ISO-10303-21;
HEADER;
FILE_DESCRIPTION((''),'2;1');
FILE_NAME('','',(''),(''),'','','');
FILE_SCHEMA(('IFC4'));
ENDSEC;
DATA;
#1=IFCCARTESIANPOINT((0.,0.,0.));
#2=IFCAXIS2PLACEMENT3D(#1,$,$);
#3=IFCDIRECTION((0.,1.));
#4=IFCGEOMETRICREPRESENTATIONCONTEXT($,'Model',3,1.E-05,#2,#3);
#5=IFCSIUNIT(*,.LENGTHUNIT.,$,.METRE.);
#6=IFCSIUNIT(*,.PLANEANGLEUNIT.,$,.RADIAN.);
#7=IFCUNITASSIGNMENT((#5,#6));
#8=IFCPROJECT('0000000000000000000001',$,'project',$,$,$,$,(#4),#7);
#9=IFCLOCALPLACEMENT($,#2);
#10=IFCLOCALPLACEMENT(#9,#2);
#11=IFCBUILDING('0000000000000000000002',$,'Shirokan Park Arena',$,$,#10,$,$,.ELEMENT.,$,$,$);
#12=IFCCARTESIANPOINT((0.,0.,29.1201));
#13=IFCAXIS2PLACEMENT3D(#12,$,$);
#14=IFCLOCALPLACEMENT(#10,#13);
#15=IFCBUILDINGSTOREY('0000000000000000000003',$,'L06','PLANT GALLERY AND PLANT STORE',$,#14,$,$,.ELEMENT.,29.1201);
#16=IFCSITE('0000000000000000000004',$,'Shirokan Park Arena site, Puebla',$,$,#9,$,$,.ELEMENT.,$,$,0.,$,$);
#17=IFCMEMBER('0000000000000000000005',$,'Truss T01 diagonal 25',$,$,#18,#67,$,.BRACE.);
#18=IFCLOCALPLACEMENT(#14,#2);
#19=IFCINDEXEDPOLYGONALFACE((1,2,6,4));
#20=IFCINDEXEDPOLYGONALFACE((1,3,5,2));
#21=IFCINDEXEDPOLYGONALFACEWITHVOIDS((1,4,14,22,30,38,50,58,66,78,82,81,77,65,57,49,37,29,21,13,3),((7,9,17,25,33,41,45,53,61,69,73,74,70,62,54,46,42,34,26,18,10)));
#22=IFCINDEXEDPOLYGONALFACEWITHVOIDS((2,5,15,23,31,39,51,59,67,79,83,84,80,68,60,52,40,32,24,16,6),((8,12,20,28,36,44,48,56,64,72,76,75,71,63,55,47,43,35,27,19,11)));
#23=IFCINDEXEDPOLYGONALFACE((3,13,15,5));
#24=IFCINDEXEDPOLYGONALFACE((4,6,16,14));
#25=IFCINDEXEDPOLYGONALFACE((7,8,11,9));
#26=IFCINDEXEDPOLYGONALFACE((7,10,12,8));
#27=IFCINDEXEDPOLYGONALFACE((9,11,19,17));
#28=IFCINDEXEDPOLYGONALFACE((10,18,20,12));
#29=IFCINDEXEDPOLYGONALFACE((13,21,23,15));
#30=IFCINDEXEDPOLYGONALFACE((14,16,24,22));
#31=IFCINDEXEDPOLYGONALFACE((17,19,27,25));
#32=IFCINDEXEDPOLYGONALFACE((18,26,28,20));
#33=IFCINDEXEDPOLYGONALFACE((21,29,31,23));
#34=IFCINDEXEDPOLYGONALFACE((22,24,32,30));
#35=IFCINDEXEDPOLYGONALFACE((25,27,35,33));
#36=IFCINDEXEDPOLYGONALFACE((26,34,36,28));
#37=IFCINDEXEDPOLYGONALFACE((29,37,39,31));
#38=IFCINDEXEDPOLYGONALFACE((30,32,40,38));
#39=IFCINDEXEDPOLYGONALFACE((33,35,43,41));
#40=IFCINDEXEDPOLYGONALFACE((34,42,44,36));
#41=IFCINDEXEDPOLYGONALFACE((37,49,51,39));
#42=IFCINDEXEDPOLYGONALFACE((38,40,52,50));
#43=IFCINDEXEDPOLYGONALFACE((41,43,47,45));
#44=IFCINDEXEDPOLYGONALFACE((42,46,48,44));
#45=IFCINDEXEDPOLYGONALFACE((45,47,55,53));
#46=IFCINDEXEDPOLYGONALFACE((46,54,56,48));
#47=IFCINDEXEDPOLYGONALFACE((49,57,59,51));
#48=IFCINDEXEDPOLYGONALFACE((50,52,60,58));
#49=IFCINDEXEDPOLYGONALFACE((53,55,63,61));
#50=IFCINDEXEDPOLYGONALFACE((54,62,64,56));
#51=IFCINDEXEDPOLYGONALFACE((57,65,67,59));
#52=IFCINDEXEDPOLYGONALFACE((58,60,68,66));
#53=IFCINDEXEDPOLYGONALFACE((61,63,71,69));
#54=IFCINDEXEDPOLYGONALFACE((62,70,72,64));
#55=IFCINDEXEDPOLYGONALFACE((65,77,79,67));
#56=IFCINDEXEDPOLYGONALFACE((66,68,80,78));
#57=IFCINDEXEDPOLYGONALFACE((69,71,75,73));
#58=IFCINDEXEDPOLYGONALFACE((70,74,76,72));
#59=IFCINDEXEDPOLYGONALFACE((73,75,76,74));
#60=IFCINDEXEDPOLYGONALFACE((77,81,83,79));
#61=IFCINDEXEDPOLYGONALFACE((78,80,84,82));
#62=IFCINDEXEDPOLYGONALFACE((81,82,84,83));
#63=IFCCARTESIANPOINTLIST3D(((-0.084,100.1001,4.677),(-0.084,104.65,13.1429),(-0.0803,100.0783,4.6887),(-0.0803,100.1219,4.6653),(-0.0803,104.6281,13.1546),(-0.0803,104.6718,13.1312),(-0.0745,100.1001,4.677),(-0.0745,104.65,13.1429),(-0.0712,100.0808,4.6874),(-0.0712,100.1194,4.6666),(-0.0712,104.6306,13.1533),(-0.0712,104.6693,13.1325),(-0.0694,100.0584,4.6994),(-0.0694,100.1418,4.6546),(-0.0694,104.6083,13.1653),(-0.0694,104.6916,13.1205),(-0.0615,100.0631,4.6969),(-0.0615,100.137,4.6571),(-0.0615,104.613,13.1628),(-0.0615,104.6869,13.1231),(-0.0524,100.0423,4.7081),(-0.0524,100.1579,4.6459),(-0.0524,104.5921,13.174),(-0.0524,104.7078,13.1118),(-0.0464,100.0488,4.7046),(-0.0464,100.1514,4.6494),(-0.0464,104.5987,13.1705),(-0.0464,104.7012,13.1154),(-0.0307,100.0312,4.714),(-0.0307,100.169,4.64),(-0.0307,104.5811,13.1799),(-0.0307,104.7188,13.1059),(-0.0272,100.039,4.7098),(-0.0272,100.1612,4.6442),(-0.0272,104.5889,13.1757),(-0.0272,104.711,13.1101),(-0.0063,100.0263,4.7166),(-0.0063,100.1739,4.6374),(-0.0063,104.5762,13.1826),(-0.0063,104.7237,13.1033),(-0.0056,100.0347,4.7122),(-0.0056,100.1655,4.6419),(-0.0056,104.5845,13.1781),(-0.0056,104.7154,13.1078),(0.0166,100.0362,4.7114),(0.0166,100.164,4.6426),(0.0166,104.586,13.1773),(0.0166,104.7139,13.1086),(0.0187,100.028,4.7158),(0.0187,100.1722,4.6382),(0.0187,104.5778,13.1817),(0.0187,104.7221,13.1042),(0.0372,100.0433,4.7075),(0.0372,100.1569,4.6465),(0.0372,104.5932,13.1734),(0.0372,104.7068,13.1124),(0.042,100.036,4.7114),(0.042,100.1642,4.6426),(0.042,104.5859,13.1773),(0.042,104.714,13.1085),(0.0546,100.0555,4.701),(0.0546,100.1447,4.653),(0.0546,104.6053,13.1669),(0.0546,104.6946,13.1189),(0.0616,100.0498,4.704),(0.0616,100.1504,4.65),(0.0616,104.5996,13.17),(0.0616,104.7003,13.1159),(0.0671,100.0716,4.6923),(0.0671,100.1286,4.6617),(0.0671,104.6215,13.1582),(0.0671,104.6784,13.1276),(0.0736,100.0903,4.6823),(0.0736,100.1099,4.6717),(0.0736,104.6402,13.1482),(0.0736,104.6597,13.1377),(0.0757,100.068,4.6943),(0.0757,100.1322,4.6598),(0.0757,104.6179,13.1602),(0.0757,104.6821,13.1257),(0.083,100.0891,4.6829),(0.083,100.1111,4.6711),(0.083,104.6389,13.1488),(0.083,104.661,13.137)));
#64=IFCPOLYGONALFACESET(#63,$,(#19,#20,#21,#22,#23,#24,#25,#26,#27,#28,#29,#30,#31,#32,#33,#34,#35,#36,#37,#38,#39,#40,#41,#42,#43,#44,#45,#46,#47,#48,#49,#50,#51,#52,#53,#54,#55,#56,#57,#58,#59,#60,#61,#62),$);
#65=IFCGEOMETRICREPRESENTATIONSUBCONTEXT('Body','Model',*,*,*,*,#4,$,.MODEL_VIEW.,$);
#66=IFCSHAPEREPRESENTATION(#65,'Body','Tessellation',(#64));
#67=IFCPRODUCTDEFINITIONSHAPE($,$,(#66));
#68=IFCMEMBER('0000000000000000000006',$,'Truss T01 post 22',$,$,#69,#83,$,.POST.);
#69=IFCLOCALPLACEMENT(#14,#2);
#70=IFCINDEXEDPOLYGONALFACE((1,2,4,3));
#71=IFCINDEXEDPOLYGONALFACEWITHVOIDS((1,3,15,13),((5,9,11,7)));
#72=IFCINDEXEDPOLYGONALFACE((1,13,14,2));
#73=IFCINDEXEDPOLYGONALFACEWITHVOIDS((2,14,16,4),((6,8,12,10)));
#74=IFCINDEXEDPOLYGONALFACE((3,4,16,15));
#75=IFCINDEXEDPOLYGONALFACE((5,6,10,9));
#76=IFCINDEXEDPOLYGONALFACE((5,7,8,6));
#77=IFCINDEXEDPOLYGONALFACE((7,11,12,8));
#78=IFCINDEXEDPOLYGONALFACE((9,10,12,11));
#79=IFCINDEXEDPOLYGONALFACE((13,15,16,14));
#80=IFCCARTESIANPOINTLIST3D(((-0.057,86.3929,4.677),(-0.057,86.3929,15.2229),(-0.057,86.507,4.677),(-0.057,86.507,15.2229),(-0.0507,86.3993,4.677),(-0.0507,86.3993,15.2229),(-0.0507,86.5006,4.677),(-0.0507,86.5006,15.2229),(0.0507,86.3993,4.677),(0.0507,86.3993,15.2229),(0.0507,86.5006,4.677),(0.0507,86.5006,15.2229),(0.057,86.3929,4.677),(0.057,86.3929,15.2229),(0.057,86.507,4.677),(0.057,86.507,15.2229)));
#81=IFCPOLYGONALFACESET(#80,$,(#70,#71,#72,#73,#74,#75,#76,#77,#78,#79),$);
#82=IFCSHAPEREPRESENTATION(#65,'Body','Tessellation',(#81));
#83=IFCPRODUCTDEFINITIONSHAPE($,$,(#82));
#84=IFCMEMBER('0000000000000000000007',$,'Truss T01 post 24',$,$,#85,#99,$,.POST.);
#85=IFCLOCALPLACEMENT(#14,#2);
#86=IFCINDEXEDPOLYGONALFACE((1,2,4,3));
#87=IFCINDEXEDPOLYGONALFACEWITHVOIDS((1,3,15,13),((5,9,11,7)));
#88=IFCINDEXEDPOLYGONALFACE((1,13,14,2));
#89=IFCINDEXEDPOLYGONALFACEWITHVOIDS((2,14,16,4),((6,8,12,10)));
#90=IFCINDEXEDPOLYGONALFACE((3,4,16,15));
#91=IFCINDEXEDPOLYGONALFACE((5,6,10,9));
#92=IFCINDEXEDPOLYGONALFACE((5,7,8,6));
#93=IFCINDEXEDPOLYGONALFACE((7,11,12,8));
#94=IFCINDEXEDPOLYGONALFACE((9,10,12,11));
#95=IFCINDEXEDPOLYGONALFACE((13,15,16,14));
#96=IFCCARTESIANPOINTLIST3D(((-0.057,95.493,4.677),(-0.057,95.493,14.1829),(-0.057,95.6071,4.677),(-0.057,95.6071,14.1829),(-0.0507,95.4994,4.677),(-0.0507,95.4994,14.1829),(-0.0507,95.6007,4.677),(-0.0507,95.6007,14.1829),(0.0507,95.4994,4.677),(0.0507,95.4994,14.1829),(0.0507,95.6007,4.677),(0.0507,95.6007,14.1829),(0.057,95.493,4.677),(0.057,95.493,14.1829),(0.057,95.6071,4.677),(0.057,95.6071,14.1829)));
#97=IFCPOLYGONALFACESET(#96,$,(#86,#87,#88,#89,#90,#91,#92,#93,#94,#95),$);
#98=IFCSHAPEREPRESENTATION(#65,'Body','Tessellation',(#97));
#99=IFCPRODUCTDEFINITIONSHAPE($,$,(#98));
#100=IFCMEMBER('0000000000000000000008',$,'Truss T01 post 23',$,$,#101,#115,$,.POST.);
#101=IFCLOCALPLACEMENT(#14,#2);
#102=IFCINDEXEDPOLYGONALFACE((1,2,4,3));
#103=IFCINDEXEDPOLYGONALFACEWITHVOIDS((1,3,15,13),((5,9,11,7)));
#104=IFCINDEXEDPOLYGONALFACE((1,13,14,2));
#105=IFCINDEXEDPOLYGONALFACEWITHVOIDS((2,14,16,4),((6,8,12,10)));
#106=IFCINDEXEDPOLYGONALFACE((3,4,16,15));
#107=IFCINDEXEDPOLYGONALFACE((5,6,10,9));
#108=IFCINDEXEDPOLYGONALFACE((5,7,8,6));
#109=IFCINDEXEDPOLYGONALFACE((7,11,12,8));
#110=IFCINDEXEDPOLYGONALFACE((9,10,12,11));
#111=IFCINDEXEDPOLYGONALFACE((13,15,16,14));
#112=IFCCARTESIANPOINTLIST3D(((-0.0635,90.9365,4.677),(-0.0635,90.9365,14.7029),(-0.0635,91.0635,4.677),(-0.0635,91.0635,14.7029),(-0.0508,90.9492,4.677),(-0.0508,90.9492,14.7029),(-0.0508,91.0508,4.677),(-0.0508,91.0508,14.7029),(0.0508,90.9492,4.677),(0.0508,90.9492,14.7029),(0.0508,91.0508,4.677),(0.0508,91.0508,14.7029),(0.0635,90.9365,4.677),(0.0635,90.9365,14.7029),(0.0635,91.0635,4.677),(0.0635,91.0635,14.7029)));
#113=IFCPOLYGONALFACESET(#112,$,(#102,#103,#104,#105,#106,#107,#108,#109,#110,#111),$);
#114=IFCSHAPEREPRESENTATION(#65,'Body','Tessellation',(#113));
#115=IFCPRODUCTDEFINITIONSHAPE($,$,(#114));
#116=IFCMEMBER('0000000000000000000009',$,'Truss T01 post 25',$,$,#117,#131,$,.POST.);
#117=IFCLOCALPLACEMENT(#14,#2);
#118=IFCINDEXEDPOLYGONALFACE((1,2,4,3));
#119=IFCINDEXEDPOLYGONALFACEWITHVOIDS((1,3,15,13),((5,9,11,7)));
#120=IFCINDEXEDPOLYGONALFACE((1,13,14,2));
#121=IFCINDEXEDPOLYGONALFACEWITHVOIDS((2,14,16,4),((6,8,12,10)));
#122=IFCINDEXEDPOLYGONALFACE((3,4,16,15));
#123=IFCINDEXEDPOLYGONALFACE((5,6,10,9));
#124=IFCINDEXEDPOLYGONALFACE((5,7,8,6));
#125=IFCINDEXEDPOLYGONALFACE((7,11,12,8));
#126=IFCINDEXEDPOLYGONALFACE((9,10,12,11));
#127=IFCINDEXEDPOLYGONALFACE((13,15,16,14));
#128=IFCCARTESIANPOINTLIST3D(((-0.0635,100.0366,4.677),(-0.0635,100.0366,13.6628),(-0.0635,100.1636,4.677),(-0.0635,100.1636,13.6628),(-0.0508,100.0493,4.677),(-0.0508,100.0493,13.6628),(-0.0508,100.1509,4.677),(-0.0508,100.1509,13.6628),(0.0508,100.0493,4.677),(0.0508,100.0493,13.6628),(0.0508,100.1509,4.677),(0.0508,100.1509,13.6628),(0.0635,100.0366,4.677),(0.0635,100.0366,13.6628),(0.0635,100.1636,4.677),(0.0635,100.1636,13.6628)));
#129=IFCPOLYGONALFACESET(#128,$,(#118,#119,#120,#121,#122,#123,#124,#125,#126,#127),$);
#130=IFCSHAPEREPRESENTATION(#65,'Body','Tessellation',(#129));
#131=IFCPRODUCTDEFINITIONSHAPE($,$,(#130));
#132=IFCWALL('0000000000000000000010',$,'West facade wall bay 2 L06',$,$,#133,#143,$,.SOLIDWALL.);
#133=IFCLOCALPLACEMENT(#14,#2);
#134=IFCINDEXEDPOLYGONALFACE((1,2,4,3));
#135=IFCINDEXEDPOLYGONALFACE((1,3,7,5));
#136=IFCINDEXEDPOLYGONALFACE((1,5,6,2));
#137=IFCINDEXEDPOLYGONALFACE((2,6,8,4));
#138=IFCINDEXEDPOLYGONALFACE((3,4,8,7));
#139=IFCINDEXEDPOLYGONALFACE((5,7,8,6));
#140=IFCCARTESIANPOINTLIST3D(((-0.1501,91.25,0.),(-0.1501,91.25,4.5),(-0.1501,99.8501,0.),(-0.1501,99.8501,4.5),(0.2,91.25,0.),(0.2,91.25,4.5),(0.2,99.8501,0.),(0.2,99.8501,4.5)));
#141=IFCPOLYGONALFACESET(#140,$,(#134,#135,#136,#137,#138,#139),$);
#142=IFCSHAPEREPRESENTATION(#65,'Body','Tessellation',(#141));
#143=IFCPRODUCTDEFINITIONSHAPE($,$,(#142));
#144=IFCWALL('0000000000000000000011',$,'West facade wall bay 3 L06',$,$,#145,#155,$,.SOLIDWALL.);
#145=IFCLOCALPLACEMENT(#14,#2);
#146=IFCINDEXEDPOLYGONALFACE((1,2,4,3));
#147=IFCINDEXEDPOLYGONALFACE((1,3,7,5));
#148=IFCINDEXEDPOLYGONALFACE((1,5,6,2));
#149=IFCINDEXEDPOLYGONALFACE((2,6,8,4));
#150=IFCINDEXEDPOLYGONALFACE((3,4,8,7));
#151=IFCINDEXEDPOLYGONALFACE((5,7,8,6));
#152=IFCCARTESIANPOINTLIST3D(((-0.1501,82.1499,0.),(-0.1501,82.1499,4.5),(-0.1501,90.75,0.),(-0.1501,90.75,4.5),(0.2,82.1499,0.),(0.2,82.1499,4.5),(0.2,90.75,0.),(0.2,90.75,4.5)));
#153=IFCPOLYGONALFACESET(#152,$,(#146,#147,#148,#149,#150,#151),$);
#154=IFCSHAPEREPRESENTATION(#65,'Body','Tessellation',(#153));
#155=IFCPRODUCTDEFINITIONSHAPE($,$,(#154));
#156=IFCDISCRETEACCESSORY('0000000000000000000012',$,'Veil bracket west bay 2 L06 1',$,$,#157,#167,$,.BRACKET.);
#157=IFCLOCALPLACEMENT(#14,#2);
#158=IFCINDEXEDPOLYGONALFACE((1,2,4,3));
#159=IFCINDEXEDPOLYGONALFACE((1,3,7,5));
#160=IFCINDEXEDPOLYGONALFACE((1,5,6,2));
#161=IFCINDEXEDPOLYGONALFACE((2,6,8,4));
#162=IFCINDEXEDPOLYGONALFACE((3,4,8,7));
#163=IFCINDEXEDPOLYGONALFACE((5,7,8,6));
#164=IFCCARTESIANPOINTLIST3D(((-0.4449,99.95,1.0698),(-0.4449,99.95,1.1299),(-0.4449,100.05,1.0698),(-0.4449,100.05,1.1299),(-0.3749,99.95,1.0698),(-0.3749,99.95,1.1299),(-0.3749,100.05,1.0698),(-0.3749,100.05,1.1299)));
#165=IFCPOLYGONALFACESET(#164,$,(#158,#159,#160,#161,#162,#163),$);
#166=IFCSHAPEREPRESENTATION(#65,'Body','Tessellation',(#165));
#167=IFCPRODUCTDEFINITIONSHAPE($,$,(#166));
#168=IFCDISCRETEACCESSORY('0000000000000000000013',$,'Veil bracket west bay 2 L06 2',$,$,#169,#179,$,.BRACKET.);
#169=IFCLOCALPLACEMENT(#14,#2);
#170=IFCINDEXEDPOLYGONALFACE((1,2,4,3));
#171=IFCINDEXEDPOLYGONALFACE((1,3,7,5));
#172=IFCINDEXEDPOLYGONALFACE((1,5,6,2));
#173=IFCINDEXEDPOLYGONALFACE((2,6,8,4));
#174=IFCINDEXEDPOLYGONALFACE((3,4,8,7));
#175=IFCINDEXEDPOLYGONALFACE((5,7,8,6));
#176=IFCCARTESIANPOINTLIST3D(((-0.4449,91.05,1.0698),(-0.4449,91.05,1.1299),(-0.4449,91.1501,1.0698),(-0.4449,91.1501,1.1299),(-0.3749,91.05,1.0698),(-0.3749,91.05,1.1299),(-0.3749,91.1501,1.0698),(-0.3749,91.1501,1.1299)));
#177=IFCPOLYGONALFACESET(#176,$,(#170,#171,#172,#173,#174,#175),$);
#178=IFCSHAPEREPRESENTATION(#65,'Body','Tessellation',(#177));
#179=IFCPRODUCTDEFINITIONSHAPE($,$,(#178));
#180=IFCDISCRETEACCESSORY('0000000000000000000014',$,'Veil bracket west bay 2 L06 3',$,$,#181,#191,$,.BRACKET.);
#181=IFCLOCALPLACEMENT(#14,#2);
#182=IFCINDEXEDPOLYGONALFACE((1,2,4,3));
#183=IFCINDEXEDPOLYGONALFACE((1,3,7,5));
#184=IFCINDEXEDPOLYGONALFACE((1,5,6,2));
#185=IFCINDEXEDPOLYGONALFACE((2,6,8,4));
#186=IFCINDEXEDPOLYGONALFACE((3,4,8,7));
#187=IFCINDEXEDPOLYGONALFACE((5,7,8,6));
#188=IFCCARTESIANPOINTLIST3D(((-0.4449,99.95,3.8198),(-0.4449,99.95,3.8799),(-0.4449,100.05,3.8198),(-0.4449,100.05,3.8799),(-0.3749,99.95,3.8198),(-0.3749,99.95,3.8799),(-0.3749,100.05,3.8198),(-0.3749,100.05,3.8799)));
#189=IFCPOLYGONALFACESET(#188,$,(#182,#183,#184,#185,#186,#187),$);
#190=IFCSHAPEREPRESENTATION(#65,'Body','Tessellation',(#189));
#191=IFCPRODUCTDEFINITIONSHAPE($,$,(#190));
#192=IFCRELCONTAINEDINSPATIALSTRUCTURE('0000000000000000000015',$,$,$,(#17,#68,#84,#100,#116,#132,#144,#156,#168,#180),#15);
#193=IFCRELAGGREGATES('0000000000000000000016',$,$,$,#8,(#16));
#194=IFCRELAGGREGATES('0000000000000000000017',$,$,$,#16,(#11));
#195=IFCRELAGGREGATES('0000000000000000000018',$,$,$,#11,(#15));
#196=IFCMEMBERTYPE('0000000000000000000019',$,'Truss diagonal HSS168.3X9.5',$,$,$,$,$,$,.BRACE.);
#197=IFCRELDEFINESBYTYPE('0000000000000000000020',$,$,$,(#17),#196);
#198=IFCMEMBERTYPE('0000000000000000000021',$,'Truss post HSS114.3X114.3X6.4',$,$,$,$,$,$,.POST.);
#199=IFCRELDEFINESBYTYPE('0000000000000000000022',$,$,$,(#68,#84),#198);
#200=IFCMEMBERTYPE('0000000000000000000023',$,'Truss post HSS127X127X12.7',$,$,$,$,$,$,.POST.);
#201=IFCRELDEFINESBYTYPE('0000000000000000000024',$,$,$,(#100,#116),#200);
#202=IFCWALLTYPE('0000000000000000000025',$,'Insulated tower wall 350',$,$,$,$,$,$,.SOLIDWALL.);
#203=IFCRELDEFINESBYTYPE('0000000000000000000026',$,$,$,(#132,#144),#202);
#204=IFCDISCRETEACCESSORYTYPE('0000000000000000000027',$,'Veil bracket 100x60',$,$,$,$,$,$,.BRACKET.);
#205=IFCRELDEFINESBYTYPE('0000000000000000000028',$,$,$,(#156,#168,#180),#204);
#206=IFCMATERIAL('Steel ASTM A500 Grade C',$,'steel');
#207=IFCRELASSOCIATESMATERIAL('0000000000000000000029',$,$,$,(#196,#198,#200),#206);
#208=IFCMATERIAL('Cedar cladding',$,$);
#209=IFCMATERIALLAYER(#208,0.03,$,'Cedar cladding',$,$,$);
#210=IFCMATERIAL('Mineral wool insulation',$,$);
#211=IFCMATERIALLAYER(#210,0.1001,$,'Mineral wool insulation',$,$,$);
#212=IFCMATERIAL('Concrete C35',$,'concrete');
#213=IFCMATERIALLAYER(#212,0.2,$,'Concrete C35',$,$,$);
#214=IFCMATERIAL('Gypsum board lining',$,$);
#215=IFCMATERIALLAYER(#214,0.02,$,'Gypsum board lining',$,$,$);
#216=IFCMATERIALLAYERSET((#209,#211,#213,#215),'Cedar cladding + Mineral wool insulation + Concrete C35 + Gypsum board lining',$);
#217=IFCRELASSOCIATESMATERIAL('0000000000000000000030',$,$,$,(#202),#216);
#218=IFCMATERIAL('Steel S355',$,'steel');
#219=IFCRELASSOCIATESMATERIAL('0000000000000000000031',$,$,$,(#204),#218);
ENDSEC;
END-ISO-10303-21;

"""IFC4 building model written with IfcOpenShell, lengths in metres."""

from ifc_helpers import new_model, si_unit, direction, frame, frame_2d, origin, origin_2d, place, context, subcontext, project, spatial, rectangle, hollow_rectangle, hollow_circle, extrude, material, layer, layer_set, material_profile, profile_set, type_object, element, save


model = new_model("IFC4")

# Units and contexts
model_context = context("Model", 3, precision=1e-05, world=origin(), true_north=direction((0.0, 1.0)))
body_context = subcontext(model_context, "Body", "Model", "MODEL_VIEW")
ifc_project = project(units=[si_unit("LENGTHUNIT", "METRE"), si_unit("PLANEANGLEUNIT", "RADIAN")], contexts=[model_context])

# Site, building, storey
site_placement = place(None, origin())
site = spatial("IfcSite", under=ifc_project, at=site_placement, Name="Shirokan Park Arena site, Puebla", CompositionType="ELEMENT", RefElevation=0.0)
building_placement = place(site_placement, origin())
building = spatial("IfcBuilding", under=site, at=building_placement, Name="Shirokan Park Arena", CompositionType="ELEMENT")
storey_placement = place(building_placement, frame((0.0, 0.0, 29.1201)))
storey = spatial("IfcBuildingStorey", under=building, at=storey_placement, Name="L06", Description="PLANT GALLERY AND PLANT STORE", CompositionType="ELEMENT", Elevation=29.1201)

# Shared definitions
ifc_material_1 = material(Name="Concrete C35", Category="concrete")

# Shared definitions
ifc_material_2 = material(Name="Steel ASTM A500 Grade C", Category="steel")

# Members
ifc_material_profile_1 = material_profile(ifc_material_2, hollow_circle(Radius=0.084, WallThickness=0.0095, at=origin_2d()), Name="HSS168.3X9.5")
ifc_profile_set_1 = profile_set([ifc_material_profile_1], Name="Steel ASTM A500 Grade C")
member_type_1 = type_object("IfcMemberType", Name="Truss diagonal HSS168.3X9.5", PredefinedType="BRACE", material=ifc_profile_set_1)
member_1_placement = place(storey_placement, frame((0.0, 100.1001, 4.677), z_axis=(0.0, 0.473397, 0.880849), x_axis=(-1.0, 0.0, 0.0)))
element("IfcMember", 1, at=member_1_placement, inside=storey, type_object=member_type_1, Name="Truss T01 diagonal 25", PredefinedType="BRACE", context=body_context, shape_type="SweptSolid", body=[
    extrude(hollow_circle(Radius=0.084, WallThickness=0.0095, at=origin_2d()), origin(), (0.0, 0.0, 1.0), 9.6111),
])
ifc_material_profile_2 = material_profile(ifc_material_2, hollow_rectangle(XDim=0.114, YDim=0.114, WallThickness=0.0063, at=origin_2d()), Name="HSS114.3X114.3X6.4")
ifc_profile_set_2 = profile_set([ifc_material_profile_2], Name="Steel ASTM A500 Grade C")
member_type_2 = type_object("IfcMemberType", Name="Truss post HSS114.3X114.3X6.4", PredefinedType="POST", material=ifc_profile_set_2)
member_2_placement = place(storey_placement, frame((0.0, 86.45, 4.677), z_axis=(0.0, 0.0, 1.0), x_axis=(1.0, 0.0, 0.0)))
element("IfcMember", 2, at=member_2_placement, inside=storey, type_object=member_type_2, Name="Truss T01 post 22", PredefinedType="POST", context=body_context, shape_type="SweptSolid", body=[
    extrude(hollow_rectangle(XDim=0.114, YDim=0.114, WallThickness=0.0063, at=origin_2d()), origin(), (0.0, 0.0, 1.0), 10.5459),
])
member_3_placement = place(storey_placement, frame((0.0, 95.55, 4.677), z_axis=(0.0, 0.0, 1.0), x_axis=(1.0, 0.0, 0.0)))
element("IfcMember", 3, at=member_3_placement, inside=storey, type_object=member_type_2, Name="Truss T01 post 24", PredefinedType="POST", context=body_context, shape_type="SweptSolid", body=[
    extrude(hollow_rectangle(XDim=0.114, YDim=0.114, WallThickness=0.0063, at=origin_2d()), origin(), (0.0, 0.0, 1.0), 9.5059),
])
ifc_material_profile_3 = material_profile(ifc_material_2, hollow_rectangle(XDim=0.127, YDim=0.127, WallThickness=0.0127, at=origin_2d()), Name="HSS127X127X12.7")
ifc_profile_set_3 = profile_set([ifc_material_profile_3], Name="Steel ASTM A500 Grade C")
member_type_3 = type_object("IfcMemberType", Name="Truss post HSS127X127X12.7", PredefinedType="POST", material=ifc_profile_set_3)
member_4_placement = place(storey_placement, frame((0.0, 91.0, 4.677), z_axis=(0.0, 0.0, 1.0), x_axis=(1.0, 0.0, 0.0)))
element("IfcMember", 4, at=member_4_placement, inside=storey, type_object=member_type_3, Name="Truss T01 post 23", PredefinedType="POST", context=body_context, shape_type="SweptSolid", body=[
    extrude(hollow_rectangle(XDim=0.127, YDim=0.127, WallThickness=0.0127, at=origin_2d()), origin(), (0.0, 0.0, 1.0), 10.0259),
])
member_5_placement = place(storey_placement, frame((0.0, 100.1001, 4.677), z_axis=(0.0, 0.0, 1.0), x_axis=(1.0, 0.0, 0.0)))
element("IfcMember", 5, at=member_5_placement, inside=storey, type_object=member_type_3, Name="Truss T01 post 25", PredefinedType="POST", context=body_context, shape_type="SweptSolid", body=[
    extrude(hollow_rectangle(XDim=0.127, YDim=0.127, WallThickness=0.0127, at=origin_2d()), origin(), (0.0, 0.0, 1.0), 8.9858),
])

# Walls
ifc_material_3 = material(Name="Cedar cladding")
ifc_layer_1 = layer(ifc_material_3, 0.03, Name="Cedar cladding")
ifc_material_4 = material(Name="Mineral wool insulation")
ifc_layer_2 = layer(ifc_material_4, 0.1001, Name="Mineral wool insulation")
ifc_layer_3 = layer(ifc_material_1, 0.2, Name="Concrete C35")
ifc_material_5 = material(Name="Gypsum board lining")
ifc_layer_4 = layer(ifc_material_5, 0.02, Name="Gypsum board lining")
ifc_layer_set = layer_set([ifc_layer_1, ifc_layer_2, ifc_layer_3, ifc_layer_4], Name="Cedar cladding + Mineral wool insulation + Concrete C35 + Gypsum board lining")
wall_type = type_object("IfcWallType", Name="Insulated tower wall 350", PredefinedType="SOLIDWALL", material=ifc_layer_set)
for number, where, z_axis, x_axis, name in (
    (6, (0.0249, 99.8501, 0.0), (0.0, 0.0, 1.0), (0.0, -1.0, 0.0), "West facade wall bay 2 L06"),
    (7, (0.0249, 90.75, 0.0), (0.0, 0.0, 1.0), (0.0, -1.0, 0.0), "West facade wall bay 3 L06"),
):
    element("IfcWall", number, at=place(storey_placement, frame(where, z_axis=z_axis, x_axis=x_axis)), inside=storey, type_object=wall_type, Name=name, PredefinedType="SOLIDWALL", context=body_context, shape_type="SweptSolid", body=[
        extrude(rectangle(XDim=8.6001, YDim=0.3501, at=frame_2d((4.3, 0.0))), origin(), (0.0, 0.0, 1.0), 4.5),
    ])

# Discrete accessories
ifc_material_6 = material(Name="Steel S355", Category="steel")
discrete_accessory_type = type_object("IfcDiscreteAccessoryType", Name="Veil bracket 100x60", PredefinedType="BRACKET", material=ifc_material_6)
for number, where, z_axis, x_axis, name in (
    (8, (-0.4099, 100.0, 1.0698), (0.0, 0.0, 1.0), (0.0, -1.0, 0.0), "Veil bracket west bay 2 L06 1"),
    (9, (-0.4099, 91.1001, 1.0698), (0.0, 0.0, 1.0), (0.0, -1.0, 0.0), "Veil bracket west bay 2 L06 2"),
    (10, (-0.4099, 100.0, 3.8198), (0.0, 0.0, 1.0), (0.0, -1.0, 0.0), "Veil bracket west bay 2 L06 3"),
):
    element("IfcDiscreteAccessory", number, at=place(storey_placement, frame(where, z_axis=z_axis, x_axis=x_axis)), inside=storey, type_object=discrete_accessory_type, Name=name, PredefinedType="BRACKET", context=body_context, shape_type="SweptSolid", body=[
        extrude(rectangle(XDim=0.1001, YDim=0.0701, at=origin_2d()), origin(), (0.0, 0.0, 1.0), 0.0601),
    ])

save(model, "model.ifc")
